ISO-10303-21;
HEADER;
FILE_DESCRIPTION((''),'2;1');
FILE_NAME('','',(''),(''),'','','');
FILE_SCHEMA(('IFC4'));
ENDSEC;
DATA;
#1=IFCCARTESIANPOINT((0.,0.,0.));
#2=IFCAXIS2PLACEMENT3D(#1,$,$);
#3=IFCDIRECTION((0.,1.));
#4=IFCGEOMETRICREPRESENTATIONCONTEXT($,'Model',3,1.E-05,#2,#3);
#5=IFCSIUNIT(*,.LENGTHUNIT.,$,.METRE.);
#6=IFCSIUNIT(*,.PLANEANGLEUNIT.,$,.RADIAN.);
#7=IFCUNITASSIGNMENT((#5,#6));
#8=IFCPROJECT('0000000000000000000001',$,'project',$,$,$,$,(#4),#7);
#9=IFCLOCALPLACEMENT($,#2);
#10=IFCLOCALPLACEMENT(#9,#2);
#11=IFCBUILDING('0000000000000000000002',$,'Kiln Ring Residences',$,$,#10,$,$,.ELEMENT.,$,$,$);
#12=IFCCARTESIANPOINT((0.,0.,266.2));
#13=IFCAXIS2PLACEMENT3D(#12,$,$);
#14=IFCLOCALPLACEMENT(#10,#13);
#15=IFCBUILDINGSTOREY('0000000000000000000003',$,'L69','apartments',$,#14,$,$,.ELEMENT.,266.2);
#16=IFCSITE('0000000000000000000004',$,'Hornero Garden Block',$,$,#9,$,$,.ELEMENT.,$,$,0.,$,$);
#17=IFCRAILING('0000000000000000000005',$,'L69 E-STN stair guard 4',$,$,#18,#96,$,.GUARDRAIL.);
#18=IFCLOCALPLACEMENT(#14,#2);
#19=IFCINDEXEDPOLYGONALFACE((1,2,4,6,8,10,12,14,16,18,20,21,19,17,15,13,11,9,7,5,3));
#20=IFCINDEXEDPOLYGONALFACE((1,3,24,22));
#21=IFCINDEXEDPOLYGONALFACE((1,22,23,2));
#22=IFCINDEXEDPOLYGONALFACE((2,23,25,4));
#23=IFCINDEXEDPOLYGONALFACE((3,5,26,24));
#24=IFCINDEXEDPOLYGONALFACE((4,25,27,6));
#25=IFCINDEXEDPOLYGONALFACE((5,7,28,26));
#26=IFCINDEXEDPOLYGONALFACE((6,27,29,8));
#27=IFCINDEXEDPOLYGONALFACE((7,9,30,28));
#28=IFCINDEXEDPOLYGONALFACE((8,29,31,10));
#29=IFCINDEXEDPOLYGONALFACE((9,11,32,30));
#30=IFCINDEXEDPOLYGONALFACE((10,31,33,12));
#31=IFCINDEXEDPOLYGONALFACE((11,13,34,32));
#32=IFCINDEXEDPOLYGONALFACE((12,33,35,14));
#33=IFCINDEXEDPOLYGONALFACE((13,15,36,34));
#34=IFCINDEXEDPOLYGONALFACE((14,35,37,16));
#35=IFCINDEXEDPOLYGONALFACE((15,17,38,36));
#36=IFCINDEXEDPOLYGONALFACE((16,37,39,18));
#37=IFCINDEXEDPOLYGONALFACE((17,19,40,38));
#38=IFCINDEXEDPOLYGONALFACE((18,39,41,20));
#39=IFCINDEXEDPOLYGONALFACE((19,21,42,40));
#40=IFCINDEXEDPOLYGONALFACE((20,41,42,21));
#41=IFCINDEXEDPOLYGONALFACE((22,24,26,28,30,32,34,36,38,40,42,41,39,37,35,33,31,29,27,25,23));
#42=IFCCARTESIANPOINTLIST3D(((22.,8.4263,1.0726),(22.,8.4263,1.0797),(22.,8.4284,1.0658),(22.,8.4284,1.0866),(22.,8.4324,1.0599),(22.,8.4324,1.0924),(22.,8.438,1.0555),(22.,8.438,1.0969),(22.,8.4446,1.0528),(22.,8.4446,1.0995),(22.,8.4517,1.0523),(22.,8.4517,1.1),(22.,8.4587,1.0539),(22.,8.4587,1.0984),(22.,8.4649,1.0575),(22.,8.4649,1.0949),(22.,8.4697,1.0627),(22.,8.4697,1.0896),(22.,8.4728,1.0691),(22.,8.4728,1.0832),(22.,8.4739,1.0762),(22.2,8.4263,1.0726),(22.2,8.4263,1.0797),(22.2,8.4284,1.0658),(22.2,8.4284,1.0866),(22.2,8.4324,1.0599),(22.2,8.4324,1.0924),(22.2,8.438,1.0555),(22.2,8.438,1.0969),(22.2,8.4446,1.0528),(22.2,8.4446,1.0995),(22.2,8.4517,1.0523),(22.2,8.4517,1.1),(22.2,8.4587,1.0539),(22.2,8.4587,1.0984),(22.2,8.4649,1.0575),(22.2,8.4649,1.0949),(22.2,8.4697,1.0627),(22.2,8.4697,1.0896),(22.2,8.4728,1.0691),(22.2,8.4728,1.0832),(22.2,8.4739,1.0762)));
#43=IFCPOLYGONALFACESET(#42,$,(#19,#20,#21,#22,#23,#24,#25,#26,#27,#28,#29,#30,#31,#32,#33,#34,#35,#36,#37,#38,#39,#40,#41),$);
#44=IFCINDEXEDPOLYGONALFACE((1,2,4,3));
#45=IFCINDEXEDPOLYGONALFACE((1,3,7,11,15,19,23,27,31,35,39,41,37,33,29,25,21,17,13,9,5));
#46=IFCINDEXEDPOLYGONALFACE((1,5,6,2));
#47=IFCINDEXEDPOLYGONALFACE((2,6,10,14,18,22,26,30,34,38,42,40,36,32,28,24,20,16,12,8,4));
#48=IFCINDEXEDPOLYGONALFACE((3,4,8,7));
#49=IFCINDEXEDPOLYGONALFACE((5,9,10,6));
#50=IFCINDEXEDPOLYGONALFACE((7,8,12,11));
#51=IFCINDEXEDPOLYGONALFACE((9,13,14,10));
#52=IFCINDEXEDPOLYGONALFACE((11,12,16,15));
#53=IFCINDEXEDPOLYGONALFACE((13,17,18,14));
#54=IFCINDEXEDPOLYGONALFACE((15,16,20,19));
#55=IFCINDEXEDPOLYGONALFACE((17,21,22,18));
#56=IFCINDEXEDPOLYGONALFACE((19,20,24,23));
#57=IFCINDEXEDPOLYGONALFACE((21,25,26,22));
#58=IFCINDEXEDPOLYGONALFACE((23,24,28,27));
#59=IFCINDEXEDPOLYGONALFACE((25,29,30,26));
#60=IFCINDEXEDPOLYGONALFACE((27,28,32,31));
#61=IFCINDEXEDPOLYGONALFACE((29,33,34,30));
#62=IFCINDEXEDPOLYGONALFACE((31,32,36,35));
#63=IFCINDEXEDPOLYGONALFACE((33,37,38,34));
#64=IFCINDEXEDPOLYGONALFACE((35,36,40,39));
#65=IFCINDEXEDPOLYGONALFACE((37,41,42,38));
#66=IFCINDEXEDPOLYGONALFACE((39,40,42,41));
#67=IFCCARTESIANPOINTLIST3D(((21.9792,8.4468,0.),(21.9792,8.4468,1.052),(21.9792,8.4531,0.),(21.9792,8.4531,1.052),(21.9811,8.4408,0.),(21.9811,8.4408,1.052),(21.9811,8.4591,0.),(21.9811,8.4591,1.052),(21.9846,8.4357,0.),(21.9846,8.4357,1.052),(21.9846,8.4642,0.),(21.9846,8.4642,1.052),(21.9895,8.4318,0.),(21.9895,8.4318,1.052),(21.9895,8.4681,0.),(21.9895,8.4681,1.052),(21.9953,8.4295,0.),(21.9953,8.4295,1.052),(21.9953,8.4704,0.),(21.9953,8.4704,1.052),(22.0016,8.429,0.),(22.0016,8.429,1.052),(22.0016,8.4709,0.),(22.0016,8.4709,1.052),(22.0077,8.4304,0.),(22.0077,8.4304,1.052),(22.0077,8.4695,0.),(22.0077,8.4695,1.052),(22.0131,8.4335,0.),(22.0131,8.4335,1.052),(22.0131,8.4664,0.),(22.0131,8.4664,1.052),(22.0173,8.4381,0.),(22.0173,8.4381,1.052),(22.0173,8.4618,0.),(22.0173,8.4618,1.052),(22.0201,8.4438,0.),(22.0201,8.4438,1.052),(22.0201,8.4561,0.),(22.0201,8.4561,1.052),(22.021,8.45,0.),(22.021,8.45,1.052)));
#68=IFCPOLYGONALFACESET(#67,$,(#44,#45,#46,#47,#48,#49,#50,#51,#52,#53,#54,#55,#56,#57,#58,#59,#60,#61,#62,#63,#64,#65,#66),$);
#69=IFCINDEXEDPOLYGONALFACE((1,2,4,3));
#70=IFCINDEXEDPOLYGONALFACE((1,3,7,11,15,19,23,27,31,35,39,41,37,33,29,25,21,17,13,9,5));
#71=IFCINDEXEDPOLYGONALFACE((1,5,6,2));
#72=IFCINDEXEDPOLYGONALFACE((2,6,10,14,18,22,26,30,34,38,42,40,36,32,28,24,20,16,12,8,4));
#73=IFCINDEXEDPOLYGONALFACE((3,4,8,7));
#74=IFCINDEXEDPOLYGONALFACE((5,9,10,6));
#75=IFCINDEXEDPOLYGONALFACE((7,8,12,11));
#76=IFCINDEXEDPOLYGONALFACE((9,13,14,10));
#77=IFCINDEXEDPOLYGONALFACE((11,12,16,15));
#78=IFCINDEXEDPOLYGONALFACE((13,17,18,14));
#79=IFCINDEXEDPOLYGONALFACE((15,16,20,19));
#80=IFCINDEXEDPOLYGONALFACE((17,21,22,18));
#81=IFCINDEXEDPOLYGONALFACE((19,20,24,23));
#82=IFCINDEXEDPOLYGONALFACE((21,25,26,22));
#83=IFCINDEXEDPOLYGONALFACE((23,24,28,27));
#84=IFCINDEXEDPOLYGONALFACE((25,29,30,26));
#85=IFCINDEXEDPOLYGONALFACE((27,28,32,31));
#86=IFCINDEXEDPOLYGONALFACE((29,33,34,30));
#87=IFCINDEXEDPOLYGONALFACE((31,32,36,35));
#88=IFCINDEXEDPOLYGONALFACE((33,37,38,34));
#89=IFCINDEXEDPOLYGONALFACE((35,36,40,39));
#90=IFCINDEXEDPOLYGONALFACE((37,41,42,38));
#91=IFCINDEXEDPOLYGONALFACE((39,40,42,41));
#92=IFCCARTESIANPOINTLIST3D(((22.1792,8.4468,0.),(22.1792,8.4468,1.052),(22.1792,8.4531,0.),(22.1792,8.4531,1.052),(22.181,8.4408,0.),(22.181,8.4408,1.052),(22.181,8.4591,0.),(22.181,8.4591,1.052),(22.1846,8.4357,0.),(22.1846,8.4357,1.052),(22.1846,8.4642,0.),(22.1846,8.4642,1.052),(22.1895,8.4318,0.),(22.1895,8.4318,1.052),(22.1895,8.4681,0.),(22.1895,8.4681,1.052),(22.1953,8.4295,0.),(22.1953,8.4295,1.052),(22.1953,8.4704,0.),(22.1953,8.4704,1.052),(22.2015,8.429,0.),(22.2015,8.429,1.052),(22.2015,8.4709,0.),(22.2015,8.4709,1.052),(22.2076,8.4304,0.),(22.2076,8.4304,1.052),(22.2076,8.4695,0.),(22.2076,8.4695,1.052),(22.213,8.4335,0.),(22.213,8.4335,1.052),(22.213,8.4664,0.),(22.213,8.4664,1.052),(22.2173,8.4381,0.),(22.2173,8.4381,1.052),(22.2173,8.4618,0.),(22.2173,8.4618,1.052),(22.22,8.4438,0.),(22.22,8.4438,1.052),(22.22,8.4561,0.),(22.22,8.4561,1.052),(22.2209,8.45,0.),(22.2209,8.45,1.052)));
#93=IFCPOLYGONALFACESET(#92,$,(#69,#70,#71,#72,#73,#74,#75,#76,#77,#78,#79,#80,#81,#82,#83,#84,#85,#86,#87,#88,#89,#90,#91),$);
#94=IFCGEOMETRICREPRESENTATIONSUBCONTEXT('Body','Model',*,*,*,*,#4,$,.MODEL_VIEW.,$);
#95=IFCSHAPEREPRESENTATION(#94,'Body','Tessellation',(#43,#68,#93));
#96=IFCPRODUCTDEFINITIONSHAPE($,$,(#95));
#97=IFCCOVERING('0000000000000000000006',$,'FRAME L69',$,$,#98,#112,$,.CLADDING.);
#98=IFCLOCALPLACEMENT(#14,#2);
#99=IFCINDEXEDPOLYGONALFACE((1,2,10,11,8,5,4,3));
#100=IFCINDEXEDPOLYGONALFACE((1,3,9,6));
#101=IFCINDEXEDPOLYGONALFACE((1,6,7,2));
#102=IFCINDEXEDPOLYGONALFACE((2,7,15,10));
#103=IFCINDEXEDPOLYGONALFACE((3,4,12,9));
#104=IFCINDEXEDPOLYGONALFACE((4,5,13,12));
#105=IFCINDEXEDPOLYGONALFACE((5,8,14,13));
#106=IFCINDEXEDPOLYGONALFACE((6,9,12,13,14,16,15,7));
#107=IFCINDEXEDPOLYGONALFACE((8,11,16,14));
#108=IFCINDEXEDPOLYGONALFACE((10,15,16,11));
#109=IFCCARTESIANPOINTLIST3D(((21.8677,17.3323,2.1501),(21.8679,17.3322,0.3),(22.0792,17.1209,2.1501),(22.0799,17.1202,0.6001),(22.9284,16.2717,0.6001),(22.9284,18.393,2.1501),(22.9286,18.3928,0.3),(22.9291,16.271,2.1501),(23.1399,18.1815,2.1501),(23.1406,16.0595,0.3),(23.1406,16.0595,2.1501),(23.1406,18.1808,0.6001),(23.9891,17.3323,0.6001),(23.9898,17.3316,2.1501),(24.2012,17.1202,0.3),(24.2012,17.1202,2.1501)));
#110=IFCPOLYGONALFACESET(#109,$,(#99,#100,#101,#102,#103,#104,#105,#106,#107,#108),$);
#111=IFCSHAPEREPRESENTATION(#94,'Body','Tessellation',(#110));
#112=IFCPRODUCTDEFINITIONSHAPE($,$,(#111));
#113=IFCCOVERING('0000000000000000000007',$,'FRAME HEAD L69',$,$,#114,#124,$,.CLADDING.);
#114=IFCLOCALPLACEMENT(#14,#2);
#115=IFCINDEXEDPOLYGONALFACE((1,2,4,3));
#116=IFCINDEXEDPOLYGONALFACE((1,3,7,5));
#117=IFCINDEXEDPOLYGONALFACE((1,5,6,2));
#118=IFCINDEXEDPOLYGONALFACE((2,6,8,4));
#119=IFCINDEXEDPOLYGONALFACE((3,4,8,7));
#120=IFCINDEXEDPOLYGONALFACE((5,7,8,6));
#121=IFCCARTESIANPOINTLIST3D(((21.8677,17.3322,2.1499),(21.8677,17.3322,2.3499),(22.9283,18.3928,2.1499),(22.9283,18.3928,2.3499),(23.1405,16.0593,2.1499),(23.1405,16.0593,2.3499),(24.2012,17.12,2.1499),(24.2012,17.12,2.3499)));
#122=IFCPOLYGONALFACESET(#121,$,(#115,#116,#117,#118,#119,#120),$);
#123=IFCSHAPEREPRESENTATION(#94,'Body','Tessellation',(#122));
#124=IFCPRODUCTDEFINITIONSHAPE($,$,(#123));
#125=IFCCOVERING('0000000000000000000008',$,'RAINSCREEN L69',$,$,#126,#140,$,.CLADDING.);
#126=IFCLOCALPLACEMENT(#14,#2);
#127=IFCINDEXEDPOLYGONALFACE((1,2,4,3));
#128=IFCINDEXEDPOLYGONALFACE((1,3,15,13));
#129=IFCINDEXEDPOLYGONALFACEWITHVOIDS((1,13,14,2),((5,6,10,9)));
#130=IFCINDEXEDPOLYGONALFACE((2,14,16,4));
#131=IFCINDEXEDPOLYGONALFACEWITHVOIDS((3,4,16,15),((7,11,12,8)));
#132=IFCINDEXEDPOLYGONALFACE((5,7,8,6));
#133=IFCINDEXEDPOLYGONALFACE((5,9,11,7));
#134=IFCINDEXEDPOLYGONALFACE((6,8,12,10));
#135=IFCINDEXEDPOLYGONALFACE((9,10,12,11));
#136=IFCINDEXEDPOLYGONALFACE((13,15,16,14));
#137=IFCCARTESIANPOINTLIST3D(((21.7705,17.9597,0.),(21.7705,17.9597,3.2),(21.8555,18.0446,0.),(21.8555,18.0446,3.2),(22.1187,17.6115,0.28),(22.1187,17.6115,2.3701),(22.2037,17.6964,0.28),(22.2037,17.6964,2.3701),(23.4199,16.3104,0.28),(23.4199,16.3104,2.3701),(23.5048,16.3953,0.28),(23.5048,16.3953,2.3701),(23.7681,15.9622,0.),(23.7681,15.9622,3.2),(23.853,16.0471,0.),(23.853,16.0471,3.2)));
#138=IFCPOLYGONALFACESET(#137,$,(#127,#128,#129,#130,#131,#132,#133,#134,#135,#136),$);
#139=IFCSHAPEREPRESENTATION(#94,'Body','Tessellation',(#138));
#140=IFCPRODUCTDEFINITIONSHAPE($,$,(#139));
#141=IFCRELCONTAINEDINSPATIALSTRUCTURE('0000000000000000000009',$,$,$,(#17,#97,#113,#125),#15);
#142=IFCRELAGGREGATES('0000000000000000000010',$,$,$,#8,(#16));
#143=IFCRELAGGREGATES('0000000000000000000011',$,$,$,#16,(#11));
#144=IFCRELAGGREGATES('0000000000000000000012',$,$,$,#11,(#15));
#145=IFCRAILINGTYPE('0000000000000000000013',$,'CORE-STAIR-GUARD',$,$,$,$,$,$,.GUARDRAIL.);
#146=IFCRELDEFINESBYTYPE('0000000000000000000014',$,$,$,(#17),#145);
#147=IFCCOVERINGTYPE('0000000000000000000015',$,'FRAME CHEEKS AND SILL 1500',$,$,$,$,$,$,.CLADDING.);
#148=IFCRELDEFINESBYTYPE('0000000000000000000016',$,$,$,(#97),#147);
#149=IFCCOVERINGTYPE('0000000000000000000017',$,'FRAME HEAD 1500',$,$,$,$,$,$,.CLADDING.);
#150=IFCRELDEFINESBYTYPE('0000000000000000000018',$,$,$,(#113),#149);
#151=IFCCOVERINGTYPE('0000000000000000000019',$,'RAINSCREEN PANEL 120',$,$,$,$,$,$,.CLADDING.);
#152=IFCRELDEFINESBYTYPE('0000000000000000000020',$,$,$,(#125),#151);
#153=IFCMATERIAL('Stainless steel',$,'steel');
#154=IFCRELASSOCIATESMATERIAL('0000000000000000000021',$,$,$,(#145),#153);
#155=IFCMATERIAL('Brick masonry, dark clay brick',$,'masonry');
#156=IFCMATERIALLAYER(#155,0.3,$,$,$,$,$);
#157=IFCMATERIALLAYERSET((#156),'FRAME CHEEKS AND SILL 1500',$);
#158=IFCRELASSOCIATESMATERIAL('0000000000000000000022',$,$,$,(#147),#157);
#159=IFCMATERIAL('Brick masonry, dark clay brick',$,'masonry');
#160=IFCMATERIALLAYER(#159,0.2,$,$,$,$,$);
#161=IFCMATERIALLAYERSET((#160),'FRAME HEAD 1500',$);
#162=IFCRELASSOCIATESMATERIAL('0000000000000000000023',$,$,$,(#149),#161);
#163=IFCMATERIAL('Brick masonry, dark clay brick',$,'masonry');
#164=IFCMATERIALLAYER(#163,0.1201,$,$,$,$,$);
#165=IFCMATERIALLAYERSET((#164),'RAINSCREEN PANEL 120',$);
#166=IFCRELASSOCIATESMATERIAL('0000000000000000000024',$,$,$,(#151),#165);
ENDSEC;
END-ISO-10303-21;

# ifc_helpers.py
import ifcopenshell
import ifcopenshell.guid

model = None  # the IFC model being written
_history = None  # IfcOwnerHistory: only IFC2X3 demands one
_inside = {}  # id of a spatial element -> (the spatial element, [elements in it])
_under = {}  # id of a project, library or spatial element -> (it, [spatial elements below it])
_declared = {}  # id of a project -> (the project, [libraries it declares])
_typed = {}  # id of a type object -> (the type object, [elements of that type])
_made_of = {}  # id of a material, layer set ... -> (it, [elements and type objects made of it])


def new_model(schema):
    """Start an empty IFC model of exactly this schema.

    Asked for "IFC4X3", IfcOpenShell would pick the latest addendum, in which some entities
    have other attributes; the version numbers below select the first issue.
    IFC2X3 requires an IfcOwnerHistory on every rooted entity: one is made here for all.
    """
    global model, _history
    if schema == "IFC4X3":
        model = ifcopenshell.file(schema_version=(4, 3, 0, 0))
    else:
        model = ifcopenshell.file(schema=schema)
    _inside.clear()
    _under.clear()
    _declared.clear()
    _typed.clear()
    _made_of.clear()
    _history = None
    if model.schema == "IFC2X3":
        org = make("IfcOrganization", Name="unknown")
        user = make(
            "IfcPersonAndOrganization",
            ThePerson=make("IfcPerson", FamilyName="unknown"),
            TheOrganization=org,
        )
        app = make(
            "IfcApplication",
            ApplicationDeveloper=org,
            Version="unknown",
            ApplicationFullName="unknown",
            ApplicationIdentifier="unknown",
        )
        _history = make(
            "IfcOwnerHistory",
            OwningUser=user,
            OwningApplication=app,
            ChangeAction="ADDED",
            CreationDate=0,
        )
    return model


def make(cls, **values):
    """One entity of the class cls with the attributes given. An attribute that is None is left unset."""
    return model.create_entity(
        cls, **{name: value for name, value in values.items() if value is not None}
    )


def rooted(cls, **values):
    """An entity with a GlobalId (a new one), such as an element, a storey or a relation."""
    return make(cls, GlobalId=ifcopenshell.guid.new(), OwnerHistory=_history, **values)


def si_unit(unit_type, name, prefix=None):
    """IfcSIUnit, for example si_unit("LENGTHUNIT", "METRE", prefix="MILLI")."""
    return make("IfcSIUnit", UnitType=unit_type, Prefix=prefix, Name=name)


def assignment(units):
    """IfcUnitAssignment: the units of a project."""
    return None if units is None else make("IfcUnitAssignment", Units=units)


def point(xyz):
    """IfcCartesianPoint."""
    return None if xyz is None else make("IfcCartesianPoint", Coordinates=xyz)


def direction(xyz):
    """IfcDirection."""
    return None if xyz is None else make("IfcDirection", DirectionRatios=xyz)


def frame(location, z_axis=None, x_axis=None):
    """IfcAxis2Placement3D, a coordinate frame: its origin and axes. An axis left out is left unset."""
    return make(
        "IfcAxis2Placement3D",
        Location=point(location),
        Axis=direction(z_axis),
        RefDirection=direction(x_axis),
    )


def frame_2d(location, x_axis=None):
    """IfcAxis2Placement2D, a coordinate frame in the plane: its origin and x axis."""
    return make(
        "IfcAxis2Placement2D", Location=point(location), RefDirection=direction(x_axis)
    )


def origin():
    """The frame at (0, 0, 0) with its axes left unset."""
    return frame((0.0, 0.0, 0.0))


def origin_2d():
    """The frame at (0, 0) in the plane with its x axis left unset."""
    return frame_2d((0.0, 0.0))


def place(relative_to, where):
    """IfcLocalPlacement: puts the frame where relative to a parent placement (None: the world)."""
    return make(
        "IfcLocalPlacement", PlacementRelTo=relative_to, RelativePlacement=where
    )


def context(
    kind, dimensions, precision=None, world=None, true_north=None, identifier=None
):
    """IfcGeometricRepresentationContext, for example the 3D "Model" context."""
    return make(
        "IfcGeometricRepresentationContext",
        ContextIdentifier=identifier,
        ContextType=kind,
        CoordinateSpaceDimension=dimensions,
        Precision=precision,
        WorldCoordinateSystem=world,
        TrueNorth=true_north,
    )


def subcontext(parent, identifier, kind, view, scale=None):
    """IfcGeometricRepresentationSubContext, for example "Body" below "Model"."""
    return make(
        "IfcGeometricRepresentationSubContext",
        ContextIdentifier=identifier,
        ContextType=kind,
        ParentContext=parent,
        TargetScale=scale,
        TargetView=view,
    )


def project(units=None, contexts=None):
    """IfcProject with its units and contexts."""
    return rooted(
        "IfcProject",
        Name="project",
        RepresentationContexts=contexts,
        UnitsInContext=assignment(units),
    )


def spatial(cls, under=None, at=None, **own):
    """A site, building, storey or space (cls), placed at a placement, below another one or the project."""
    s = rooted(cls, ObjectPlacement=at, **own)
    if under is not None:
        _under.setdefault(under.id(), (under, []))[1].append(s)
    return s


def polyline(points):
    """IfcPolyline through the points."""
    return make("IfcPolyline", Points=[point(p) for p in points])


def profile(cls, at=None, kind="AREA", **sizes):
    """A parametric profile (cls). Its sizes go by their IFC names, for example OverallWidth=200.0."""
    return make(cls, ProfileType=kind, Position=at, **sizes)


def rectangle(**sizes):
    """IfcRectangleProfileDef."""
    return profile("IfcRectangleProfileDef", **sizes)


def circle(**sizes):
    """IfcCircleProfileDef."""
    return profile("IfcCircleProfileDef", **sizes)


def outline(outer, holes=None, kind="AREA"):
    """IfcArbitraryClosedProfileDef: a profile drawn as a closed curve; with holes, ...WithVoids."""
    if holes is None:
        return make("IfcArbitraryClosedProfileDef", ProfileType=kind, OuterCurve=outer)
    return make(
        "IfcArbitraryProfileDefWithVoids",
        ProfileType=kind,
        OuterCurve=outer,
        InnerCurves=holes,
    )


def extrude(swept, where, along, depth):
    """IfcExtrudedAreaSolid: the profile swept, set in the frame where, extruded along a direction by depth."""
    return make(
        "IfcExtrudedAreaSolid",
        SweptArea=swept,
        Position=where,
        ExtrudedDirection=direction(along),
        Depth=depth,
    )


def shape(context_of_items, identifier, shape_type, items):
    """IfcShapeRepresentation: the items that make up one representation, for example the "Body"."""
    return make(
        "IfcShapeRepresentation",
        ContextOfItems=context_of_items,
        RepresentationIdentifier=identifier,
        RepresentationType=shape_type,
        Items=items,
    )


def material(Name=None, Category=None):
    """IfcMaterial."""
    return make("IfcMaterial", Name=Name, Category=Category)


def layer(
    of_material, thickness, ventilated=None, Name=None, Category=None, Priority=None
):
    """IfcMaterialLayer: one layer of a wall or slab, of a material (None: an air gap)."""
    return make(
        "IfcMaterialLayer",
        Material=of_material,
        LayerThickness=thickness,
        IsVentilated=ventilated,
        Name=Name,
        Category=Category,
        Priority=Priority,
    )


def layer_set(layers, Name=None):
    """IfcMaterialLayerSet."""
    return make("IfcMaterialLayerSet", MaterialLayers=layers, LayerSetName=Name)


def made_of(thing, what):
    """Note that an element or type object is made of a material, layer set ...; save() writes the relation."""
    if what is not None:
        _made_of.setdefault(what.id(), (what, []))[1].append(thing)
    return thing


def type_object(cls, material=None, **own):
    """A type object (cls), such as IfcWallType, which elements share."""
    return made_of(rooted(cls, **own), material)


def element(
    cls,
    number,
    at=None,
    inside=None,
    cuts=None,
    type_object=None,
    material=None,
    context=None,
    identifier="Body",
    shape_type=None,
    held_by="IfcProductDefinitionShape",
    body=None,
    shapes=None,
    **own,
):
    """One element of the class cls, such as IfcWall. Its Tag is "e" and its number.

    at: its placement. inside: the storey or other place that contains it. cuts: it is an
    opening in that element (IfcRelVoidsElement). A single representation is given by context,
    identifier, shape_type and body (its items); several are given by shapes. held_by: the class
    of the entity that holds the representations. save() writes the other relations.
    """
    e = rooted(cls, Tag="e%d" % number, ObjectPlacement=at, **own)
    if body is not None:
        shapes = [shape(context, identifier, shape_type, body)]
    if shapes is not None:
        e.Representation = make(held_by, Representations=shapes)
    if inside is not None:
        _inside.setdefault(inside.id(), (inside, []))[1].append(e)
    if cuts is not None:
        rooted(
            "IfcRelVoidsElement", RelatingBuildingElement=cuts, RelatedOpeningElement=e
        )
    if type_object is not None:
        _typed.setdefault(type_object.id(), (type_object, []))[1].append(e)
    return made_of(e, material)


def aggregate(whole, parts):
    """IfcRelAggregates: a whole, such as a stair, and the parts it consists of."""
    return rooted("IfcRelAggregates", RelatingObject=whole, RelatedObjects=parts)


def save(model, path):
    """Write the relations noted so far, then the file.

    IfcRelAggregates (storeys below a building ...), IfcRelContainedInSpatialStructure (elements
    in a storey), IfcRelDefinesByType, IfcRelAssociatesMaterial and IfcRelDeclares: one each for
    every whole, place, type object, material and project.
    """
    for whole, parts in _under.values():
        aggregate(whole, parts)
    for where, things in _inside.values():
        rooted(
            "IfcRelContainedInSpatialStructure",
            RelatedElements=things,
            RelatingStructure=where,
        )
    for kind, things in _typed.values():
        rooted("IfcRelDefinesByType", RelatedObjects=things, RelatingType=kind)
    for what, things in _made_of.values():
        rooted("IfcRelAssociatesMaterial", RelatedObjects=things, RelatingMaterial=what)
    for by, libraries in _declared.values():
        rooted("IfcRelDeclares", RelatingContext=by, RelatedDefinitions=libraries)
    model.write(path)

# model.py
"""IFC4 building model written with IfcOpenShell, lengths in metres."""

from ifc_helpers import new_model, si_unit, direction, frame, origin, origin_2d, place, context, subcontext, project, spatial, polyline, rectangle, circle, outline, extrude, material, layer, layer_set, type_object, element, save


model = new_model("IFC4")

# Units and contexts
model_context = context("Model", 3, precision=1e-05, world=origin(), true_north=direction((0.0, 1.0)))
body_context = subcontext(model_context, "Body", "Model", "MODEL_VIEW")
ifc_project = project(units=[si_unit("LENGTHUNIT", "METRE"), si_unit("PLANEANGLEUNIT", "RADIAN")], contexts=[model_context])

# Site, building, storey
site_placement = place(None, origin())
site = spatial("IfcSite", under=ifc_project, at=site_placement, Name="Hornero Garden Block", CompositionType="ELEMENT", RefElevation=0.0)
building_placement = place(site_placement, origin())
building = spatial("IfcBuilding", under=site, at=building_placement, Name="Kiln Ring Residences", CompositionType="ELEMENT")
storey_placement = place(building_placement, frame((0.0, 0.0, 266.2)))
storey = spatial("IfcBuildingStorey", under=building, at=storey_placement, Name="L69", Description="apartments", CompositionType="ELEMENT", Elevation=266.2)

# Railing
ifc_material_1 = material(Name="Stainless steel", Category="steel")
railing_type = type_object("IfcRailingType", Name="CORE-STAIR-GUARD", PredefinedType="GUARDRAIL", material=ifc_material_1)
railing_placement = place(storey_placement, frame((22.0, 8.45, 0.0)))
element("IfcRailing", 1, at=railing_placement, inside=storey, type_object=railing_type, Name="L69 E-STN stair guard 4", PredefinedType="GUARDRAIL", context=body_context, shape_type="SweptSolid", body=[
    extrude(circle(Radius=0.0239, at=origin_2d()), frame((0.0, 0.0, 1.0762), z_axis=(1.0, 0.0, 0.0), x_axis=(0.0, 1.0, 0.0)), (0.0, 0.0, 1.0), 0.2),
    extrude(circle(Radius=0.021, at=origin_2d()), origin(), (0.0, 0.0, 1.0), 1.052),
    extrude(circle(Radius=0.021, at=origin_2d()), frame((0.2, 0.0, 0.0)), (0.0, 0.0, 1.0), 1.052),
])

# Coverings
ifc_material_2 = material(Name="Brick masonry, dark clay brick", Category="masonry")
ifc_layer_1 = layer(ifc_material_2, 0.3)
ifc_layer_set_1 = layer_set([ifc_layer_1], Name="FRAME CHEEKS AND SILL 1500")
covering_type_1 = type_object("IfcCoveringType", Name="FRAME CHEEKS AND SILL 1500", PredefinedType="CLADDING", material=ifc_layer_set_1)
covering_1_placement = place(storey_placement, frame((23.6709, 16.5898, 0.3), z_axis=(0.0, 0.0, 1.0), x_axis=(-0.707107, 0.707107, 0.0)))
element("IfcCovering", 2, at=covering_1_placement, inside=storey, type_object=covering_type_1, Name="FRAME L69", PredefinedType="CLADDING", context=body_context, shape_type="SweptSolid", body=[
    extrude(outline(polyline([(0.0, 0.0), (1.7998, 0.0), (1.8, 1.8501), (1.501, 1.8501), (1.5, 0.3), (0.3, 0.3), (0.2991, 1.8501), (0.0, 1.8501), (0.0, 0.0)])), frame((0.0, 0.75, 0.0), z_axis=(0.0, -1.0, 0.0), x_axis=(1.0, 0.0, 0.0)), (0.0, 0.0, 1.0), 1.5),
])
ifc_material_3 = material(Name="Brick masonry, dark clay brick", Category="masonry")
ifc_layer_2 = layer(ifc_material_3, 0.2)
ifc_layer_set_2 = layer_set([ifc_layer_2], Name="FRAME HEAD 1500")
covering_type_2 = type_object("IfcCoveringType", Name="FRAME HEAD 1500", PredefinedType="CLADDING", material=ifc_layer_set_2)
covering_2_placement = place(storey_placement, frame((23.0344, 17.2261, 2.1499), z_axis=(0.0, 0.0, 1.0), x_axis=(-0.707107, 0.707107, 0.0)))
element("IfcCovering", 3, at=covering_2_placement, inside=storey, type_object=covering_type_2, Name="FRAME HEAD L69", PredefinedType="CLADDING", context=body_context, shape_type="SweptSolid", body=[
    extrude(rectangle(XDim=1.8, YDim=1.5, at=origin_2d()), origin(), (0.0, 0.0, 1.0), 0.2),
])
ifc_material_4 = material(Name="Brick masonry, dark clay brick", Category="masonry")
ifc_layer_3 = layer(ifc_material_4, 0.1201)
ifc_layer_set_3 = layer_set([ifc_layer_3], Name="RAINSCREEN PANEL 120")
covering_type_3 = type_object("IfcCoveringType", Name="RAINSCREEN PANEL 120", PredefinedType="CLADDING", material=ifc_layer_set_3)
covering_3_placement = place(storey_placement, frame((23.8105, 16.0046, 0.0), z_axis=(0.0, 0.0, 1.0), x_axis=(-0.707107, 0.707107, 0.0)))
element("IfcCovering", 4, at=covering_3_placement, inside=storey, type_object=covering_type_3, Name="RAINSCREEN L69", PredefinedType="CLADDING", context=body_context, shape_type="SweptSolid", body=[
    extrude(outline(polyline([(0.0, 0.0), (2.825, 0.0), (2.825, 3.2), (0.0, 3.2), (0.0, 0.0)]), holes=[polyline([(0.4924, 2.3701), (0.4924, 0.28), (2.3325, 0.28), (2.3325, 2.3701), (0.4924, 2.3701)])]), frame((0.0, 0.0601, 0.0), z_axis=(0.0, -1.0, 0.0), x_axis=(1.0, 0.0, 0.0)), (0.0, 0.0, 1.0), 0.1201),
])

save(model, "model.ifc")
